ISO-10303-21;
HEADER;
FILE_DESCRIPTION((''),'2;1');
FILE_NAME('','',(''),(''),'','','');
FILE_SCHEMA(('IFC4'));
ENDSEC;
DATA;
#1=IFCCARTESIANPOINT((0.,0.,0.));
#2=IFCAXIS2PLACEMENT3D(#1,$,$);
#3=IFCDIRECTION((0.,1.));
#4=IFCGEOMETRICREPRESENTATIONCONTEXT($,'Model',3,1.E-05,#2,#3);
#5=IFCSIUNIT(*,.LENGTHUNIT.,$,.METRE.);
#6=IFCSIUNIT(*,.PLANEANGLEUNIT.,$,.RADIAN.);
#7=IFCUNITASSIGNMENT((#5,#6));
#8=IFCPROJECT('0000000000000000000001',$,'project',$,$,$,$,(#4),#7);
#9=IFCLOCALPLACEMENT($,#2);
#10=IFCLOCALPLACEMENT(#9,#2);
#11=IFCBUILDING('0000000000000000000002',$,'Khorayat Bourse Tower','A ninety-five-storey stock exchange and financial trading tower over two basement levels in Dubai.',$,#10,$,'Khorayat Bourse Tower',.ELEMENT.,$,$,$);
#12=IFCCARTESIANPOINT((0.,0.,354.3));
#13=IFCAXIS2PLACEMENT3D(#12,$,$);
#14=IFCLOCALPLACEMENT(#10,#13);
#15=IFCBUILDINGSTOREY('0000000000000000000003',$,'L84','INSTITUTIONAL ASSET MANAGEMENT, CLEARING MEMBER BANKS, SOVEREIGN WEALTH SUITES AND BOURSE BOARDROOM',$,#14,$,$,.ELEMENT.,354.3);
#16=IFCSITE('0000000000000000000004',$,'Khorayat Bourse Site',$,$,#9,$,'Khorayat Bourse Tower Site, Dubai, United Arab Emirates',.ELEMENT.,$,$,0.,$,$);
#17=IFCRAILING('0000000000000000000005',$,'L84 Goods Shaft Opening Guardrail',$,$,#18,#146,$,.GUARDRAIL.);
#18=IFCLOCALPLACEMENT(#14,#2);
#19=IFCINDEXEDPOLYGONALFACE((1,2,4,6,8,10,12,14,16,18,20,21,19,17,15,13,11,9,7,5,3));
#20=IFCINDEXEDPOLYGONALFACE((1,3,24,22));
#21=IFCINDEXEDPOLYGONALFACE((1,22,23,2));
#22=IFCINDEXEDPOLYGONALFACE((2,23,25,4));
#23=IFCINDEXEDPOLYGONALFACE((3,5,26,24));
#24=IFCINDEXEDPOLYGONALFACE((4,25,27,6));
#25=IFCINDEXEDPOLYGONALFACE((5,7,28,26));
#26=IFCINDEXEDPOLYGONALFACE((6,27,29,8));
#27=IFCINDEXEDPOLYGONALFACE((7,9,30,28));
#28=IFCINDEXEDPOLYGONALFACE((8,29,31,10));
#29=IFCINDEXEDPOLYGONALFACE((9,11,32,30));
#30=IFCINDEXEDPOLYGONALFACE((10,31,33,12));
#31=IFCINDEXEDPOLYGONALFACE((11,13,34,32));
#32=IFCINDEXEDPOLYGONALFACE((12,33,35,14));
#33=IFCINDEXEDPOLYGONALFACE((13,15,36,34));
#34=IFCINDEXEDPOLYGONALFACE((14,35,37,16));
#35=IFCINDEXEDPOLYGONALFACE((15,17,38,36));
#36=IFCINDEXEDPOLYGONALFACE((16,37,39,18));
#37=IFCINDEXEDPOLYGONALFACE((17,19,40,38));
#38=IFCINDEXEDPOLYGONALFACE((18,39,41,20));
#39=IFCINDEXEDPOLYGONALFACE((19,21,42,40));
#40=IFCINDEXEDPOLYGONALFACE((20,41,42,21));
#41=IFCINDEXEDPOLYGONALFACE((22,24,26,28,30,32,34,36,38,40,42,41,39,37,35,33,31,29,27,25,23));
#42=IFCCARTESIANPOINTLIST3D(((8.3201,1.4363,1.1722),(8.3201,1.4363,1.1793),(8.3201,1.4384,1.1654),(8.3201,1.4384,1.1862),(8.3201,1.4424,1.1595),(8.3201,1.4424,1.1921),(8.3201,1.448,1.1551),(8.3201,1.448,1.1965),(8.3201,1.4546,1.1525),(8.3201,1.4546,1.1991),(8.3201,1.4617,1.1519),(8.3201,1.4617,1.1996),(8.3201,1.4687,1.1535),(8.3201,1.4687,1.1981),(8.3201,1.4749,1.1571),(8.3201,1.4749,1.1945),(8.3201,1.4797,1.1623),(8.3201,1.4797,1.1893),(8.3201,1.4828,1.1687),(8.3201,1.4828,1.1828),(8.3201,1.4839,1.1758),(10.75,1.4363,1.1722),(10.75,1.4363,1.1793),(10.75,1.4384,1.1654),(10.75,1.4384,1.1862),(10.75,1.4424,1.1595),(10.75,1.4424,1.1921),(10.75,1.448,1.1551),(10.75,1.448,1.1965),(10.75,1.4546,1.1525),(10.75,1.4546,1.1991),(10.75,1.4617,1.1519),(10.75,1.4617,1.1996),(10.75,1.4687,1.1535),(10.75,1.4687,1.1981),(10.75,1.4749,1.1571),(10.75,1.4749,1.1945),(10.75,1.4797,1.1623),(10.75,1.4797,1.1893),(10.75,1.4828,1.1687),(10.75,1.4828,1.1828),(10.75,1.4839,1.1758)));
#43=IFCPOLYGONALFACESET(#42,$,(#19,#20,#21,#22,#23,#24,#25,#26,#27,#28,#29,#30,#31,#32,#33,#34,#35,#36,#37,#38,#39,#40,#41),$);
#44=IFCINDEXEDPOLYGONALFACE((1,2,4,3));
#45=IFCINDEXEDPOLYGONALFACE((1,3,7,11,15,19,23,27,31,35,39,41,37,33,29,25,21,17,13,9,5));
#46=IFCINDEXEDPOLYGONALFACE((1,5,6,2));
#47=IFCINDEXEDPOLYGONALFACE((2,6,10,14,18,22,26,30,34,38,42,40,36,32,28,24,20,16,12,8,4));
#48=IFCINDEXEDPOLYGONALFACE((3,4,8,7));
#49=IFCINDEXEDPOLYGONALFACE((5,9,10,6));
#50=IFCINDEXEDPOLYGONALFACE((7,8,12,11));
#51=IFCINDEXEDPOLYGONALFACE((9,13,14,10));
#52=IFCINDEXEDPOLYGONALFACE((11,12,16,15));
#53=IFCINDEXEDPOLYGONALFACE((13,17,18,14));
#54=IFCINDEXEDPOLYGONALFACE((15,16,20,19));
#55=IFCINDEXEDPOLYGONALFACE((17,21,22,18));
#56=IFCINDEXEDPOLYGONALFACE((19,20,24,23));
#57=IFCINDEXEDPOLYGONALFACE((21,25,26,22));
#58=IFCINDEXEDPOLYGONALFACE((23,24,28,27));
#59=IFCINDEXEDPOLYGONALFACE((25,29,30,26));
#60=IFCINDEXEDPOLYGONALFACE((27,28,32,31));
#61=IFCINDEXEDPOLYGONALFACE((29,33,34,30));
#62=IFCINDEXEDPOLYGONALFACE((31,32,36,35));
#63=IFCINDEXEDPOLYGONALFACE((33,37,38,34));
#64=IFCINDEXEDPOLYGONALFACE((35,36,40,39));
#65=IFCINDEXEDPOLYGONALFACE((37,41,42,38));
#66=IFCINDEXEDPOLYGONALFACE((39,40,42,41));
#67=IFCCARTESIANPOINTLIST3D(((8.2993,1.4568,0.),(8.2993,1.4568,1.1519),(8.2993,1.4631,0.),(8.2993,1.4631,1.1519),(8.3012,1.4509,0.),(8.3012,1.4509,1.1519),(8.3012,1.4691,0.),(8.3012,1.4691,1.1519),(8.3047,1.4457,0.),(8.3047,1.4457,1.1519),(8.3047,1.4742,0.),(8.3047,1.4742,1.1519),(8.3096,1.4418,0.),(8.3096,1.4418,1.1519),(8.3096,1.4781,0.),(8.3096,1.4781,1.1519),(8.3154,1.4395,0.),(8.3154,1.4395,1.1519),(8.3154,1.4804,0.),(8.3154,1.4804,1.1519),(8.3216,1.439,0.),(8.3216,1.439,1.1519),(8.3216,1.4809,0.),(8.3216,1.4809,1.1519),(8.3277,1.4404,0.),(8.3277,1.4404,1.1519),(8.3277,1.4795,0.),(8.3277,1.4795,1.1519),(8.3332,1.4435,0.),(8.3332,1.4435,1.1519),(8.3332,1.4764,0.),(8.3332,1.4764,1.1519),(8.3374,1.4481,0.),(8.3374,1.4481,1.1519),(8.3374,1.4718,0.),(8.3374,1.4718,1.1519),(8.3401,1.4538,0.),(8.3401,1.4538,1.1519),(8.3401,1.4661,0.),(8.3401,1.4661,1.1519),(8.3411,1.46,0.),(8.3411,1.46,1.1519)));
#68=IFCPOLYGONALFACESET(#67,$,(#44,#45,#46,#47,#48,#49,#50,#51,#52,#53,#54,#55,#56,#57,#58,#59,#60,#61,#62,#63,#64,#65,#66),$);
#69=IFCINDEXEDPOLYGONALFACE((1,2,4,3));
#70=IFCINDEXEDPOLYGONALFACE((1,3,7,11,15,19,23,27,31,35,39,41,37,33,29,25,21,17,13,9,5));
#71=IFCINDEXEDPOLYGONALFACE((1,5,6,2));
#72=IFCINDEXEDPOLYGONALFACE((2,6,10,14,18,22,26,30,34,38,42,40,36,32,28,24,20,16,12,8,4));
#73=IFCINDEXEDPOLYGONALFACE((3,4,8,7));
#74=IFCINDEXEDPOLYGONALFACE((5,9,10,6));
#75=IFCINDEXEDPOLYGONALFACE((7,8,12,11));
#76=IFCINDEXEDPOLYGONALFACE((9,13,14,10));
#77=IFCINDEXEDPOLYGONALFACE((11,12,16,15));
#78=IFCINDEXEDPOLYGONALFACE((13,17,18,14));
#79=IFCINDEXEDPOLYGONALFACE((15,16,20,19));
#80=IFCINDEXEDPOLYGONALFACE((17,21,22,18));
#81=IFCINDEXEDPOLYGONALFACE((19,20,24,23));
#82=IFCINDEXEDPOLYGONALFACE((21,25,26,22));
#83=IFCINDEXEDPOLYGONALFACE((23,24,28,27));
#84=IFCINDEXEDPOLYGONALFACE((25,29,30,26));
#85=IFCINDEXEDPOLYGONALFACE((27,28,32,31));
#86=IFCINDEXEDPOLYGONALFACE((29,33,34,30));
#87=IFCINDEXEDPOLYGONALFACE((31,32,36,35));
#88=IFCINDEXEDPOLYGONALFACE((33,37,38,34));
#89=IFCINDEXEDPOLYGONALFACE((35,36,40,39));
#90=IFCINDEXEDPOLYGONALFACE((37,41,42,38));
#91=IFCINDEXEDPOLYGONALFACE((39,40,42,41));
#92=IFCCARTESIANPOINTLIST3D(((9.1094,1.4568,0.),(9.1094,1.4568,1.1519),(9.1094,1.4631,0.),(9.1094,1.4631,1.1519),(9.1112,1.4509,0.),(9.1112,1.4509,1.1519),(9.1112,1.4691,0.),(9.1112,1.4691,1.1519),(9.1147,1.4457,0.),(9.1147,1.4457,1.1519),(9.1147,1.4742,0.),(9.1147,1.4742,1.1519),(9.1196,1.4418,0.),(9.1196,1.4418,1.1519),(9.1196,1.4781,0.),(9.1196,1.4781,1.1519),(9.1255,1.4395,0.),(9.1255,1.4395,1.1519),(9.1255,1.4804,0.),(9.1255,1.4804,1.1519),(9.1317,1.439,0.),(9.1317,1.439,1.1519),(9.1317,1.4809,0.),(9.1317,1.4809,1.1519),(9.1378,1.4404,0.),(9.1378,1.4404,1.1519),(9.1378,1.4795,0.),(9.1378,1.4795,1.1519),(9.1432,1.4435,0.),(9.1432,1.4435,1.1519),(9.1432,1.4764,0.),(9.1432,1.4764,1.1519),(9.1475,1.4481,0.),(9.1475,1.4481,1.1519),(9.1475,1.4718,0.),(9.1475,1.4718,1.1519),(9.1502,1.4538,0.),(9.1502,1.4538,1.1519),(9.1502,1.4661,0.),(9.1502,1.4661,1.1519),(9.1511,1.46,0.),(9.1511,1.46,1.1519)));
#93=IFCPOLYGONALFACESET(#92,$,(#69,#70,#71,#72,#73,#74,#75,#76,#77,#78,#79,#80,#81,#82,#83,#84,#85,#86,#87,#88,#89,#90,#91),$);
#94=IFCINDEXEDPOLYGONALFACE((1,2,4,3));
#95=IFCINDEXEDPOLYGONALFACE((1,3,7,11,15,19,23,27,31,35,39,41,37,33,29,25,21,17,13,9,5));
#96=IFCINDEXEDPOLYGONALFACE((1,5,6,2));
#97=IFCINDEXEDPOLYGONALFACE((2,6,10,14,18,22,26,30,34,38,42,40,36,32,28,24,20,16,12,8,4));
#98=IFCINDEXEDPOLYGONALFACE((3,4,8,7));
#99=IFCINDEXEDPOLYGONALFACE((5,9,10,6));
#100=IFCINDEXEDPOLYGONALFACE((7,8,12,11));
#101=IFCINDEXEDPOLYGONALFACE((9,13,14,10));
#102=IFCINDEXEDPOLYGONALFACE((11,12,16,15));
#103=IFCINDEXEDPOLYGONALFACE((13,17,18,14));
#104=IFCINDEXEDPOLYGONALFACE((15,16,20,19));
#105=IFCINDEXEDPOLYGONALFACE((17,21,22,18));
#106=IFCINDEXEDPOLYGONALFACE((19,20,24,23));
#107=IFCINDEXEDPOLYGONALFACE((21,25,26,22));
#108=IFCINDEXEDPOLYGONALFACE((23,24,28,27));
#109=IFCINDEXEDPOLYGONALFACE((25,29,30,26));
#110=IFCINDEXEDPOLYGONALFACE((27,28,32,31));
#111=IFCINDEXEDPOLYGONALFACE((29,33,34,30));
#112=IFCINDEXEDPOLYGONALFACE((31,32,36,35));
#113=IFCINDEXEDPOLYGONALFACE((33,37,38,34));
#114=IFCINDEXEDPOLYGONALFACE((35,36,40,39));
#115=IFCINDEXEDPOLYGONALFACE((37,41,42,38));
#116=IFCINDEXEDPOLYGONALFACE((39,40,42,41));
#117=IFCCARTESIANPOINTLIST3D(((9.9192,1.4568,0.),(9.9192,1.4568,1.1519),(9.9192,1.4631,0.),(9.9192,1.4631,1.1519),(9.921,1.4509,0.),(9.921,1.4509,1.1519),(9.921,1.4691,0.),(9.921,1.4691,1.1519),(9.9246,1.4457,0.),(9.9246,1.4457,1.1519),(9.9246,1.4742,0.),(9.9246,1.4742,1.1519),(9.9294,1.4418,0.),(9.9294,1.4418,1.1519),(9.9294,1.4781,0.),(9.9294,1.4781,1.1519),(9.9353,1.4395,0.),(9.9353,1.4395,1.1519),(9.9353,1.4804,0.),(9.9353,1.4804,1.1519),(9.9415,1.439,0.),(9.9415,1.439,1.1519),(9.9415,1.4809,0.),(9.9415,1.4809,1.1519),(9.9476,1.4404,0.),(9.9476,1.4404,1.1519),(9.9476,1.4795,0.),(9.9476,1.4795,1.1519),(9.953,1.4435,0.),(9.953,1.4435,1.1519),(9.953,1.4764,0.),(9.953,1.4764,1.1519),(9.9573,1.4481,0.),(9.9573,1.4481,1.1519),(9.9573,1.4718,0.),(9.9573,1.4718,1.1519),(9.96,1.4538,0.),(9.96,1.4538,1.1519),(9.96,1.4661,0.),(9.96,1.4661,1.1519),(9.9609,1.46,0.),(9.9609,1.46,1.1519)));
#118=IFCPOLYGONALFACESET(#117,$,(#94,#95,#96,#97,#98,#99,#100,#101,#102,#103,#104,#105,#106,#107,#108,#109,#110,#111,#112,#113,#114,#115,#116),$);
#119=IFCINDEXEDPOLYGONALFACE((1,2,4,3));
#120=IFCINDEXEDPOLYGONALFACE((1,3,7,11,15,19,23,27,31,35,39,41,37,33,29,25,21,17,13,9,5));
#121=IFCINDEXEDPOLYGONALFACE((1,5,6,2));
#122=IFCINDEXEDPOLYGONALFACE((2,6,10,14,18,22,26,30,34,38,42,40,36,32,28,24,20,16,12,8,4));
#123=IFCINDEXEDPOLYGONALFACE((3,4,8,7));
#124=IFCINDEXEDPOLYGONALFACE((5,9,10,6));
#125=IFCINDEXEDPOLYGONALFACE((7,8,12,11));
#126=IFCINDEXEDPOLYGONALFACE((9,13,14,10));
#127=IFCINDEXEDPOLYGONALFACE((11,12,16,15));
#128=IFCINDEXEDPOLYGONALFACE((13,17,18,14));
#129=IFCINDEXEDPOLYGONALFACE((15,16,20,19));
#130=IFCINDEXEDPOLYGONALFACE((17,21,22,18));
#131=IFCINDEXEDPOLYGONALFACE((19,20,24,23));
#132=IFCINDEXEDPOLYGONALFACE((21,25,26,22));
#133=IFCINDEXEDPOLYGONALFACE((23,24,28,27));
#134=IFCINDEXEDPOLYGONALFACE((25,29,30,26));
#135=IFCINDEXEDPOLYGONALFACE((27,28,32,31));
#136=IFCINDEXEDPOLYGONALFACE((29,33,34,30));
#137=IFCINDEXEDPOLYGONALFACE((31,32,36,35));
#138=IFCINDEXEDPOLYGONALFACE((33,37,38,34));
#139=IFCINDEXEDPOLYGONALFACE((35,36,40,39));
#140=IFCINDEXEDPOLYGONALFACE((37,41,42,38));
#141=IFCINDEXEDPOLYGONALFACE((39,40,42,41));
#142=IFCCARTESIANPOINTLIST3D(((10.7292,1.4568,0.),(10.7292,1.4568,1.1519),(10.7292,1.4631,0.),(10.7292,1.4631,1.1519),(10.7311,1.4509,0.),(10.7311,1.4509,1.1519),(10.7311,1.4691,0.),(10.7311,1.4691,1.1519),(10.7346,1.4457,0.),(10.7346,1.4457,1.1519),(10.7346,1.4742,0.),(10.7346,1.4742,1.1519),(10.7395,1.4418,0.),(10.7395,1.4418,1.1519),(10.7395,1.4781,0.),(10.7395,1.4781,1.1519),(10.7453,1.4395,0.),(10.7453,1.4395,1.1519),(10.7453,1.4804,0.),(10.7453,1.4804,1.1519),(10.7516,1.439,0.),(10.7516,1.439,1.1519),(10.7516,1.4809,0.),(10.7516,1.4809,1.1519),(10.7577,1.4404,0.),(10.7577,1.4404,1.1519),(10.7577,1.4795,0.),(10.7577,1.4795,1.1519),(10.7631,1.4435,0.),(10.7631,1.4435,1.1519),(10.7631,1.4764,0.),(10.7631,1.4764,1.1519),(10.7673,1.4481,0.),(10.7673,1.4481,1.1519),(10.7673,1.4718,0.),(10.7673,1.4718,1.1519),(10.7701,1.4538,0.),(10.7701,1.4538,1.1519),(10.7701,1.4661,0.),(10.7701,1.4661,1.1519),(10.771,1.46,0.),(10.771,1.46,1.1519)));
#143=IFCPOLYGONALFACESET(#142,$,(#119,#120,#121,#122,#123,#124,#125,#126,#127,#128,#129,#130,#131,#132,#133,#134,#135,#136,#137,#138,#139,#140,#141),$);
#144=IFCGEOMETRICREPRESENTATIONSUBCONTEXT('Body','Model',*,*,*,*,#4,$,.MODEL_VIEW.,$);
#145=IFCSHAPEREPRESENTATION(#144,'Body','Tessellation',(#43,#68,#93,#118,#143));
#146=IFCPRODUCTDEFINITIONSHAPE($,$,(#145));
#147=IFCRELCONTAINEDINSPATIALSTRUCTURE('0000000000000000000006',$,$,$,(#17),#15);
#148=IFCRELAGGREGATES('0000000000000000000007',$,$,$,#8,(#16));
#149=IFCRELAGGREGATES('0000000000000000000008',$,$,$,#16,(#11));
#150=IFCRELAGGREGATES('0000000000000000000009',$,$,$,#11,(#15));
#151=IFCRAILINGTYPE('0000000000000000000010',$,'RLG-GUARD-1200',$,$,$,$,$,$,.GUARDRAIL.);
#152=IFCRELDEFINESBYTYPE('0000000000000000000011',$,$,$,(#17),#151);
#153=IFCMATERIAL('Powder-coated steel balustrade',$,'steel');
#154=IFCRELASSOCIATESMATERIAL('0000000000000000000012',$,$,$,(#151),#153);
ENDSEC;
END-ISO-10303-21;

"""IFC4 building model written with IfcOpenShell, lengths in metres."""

from ifc_helpers import new_model, si_unit, direction, frame, origin, origin_2d, place, context, subcontext, project, spatial, circle, extrude, source, transform, mapped, material, type_object, element, save


model = new_model("IFC4")

# Units and contexts
model_context = context("Model", 3, precision=1e-05, world=origin(), true_north=direction((0.0, 1.0)))
body_context = subcontext(model_context, "Body", "Model", "MODEL_VIEW")
ifc_project = project(units=[si_unit("LENGTHUNIT", "METRE"), si_unit("PLANEANGLEUNIT", "RADIAN")], contexts=[model_context])

# Site, building, storey
site_placement = place(None, origin())
site = spatial("IfcSite", under=ifc_project, at=site_placement, Name="Khorayat Bourse Site", LongName="Khorayat Bourse Tower Site, Dubai, United Arab Emirates", CompositionType="ELEMENT", RefElevation=0.0)
building_placement = place(site_placement, origin())
building = spatial("IfcBuilding", under=site, at=building_placement, Name="Khorayat Bourse Tower", Description="A ninety-five-storey stock exchange and financial trading tower over two basement levels in Dubai.", LongName="Khorayat Bourse Tower", CompositionType="ELEMENT")
storey_placement = place(building_placement, frame((0.0, 0.0, 354.3)))
storey = spatial("IfcBuildingStorey", under=building, at=storey_placement, Name="L84", Description="INSTITUTIONAL ASSET MANAGEMENT, CLEARING MEMBER BANKS, SOVEREIGN WEALTH SUITES AND BOURSE BOARDROOM", CompositionType="ELEMENT", Elevation=354.3)

# Railing
ifc_material_1 = material(Name="Powder-coated steel balustrade", Category="steel")
railing_type = type_object("IfcRailingType", Name="RLG-GUARD-1200", PredefinedType="GUARDRAIL", material=ifc_material_1)
shared_shape_1 = source(origin(), body_context, "Body", "SweptSolid", [
    extrude(circle(Radius=0.0239, at=origin_2d()), frame((0.0, 0.0, 1.1758), z_axis=(1.0, 0.0, 0.0), x_axis=(0.0, 1.0, 0.0)), (0.0, 0.0, 1.0), 2.4299),
    extrude(circle(Radius=0.021, at=origin_2d()), origin(), (0.0, 0.0, 1.0), 1.1519),
    extrude(circle(Radius=0.021, at=origin_2d()), frame((0.8101, 0.0, 0.0)), (0.0, 0.0, 1.0), 1.1519),
    extrude(circle(Radius=0.021, at=origin_2d()), frame((1.6199, 0.0, 0.0)), (0.0, 0.0, 1.0), 1.1519),
    extrude(circle(Radius=0.021, at=origin_2d()), frame((2.4299, 0.0, 0.0)), (0.0, 0.0, 1.0), 1.1519),
])
railing_placement = place(storey_placement, frame((8.3201, 1.46, 0.0)))
element("IfcRailing", 1, at=railing_placement, inside=storey, type_object=railing_type, Name="L84 Goods Shaft Opening Guardrail", PredefinedType="GUARDRAIL", context=body_context, shape_type="MappedRepresentation", body=[
    mapped(shared_shape_1, transform((0.0, 0.0, 0.0), scale=1.0)),
])

save(model, "model.ifc")
